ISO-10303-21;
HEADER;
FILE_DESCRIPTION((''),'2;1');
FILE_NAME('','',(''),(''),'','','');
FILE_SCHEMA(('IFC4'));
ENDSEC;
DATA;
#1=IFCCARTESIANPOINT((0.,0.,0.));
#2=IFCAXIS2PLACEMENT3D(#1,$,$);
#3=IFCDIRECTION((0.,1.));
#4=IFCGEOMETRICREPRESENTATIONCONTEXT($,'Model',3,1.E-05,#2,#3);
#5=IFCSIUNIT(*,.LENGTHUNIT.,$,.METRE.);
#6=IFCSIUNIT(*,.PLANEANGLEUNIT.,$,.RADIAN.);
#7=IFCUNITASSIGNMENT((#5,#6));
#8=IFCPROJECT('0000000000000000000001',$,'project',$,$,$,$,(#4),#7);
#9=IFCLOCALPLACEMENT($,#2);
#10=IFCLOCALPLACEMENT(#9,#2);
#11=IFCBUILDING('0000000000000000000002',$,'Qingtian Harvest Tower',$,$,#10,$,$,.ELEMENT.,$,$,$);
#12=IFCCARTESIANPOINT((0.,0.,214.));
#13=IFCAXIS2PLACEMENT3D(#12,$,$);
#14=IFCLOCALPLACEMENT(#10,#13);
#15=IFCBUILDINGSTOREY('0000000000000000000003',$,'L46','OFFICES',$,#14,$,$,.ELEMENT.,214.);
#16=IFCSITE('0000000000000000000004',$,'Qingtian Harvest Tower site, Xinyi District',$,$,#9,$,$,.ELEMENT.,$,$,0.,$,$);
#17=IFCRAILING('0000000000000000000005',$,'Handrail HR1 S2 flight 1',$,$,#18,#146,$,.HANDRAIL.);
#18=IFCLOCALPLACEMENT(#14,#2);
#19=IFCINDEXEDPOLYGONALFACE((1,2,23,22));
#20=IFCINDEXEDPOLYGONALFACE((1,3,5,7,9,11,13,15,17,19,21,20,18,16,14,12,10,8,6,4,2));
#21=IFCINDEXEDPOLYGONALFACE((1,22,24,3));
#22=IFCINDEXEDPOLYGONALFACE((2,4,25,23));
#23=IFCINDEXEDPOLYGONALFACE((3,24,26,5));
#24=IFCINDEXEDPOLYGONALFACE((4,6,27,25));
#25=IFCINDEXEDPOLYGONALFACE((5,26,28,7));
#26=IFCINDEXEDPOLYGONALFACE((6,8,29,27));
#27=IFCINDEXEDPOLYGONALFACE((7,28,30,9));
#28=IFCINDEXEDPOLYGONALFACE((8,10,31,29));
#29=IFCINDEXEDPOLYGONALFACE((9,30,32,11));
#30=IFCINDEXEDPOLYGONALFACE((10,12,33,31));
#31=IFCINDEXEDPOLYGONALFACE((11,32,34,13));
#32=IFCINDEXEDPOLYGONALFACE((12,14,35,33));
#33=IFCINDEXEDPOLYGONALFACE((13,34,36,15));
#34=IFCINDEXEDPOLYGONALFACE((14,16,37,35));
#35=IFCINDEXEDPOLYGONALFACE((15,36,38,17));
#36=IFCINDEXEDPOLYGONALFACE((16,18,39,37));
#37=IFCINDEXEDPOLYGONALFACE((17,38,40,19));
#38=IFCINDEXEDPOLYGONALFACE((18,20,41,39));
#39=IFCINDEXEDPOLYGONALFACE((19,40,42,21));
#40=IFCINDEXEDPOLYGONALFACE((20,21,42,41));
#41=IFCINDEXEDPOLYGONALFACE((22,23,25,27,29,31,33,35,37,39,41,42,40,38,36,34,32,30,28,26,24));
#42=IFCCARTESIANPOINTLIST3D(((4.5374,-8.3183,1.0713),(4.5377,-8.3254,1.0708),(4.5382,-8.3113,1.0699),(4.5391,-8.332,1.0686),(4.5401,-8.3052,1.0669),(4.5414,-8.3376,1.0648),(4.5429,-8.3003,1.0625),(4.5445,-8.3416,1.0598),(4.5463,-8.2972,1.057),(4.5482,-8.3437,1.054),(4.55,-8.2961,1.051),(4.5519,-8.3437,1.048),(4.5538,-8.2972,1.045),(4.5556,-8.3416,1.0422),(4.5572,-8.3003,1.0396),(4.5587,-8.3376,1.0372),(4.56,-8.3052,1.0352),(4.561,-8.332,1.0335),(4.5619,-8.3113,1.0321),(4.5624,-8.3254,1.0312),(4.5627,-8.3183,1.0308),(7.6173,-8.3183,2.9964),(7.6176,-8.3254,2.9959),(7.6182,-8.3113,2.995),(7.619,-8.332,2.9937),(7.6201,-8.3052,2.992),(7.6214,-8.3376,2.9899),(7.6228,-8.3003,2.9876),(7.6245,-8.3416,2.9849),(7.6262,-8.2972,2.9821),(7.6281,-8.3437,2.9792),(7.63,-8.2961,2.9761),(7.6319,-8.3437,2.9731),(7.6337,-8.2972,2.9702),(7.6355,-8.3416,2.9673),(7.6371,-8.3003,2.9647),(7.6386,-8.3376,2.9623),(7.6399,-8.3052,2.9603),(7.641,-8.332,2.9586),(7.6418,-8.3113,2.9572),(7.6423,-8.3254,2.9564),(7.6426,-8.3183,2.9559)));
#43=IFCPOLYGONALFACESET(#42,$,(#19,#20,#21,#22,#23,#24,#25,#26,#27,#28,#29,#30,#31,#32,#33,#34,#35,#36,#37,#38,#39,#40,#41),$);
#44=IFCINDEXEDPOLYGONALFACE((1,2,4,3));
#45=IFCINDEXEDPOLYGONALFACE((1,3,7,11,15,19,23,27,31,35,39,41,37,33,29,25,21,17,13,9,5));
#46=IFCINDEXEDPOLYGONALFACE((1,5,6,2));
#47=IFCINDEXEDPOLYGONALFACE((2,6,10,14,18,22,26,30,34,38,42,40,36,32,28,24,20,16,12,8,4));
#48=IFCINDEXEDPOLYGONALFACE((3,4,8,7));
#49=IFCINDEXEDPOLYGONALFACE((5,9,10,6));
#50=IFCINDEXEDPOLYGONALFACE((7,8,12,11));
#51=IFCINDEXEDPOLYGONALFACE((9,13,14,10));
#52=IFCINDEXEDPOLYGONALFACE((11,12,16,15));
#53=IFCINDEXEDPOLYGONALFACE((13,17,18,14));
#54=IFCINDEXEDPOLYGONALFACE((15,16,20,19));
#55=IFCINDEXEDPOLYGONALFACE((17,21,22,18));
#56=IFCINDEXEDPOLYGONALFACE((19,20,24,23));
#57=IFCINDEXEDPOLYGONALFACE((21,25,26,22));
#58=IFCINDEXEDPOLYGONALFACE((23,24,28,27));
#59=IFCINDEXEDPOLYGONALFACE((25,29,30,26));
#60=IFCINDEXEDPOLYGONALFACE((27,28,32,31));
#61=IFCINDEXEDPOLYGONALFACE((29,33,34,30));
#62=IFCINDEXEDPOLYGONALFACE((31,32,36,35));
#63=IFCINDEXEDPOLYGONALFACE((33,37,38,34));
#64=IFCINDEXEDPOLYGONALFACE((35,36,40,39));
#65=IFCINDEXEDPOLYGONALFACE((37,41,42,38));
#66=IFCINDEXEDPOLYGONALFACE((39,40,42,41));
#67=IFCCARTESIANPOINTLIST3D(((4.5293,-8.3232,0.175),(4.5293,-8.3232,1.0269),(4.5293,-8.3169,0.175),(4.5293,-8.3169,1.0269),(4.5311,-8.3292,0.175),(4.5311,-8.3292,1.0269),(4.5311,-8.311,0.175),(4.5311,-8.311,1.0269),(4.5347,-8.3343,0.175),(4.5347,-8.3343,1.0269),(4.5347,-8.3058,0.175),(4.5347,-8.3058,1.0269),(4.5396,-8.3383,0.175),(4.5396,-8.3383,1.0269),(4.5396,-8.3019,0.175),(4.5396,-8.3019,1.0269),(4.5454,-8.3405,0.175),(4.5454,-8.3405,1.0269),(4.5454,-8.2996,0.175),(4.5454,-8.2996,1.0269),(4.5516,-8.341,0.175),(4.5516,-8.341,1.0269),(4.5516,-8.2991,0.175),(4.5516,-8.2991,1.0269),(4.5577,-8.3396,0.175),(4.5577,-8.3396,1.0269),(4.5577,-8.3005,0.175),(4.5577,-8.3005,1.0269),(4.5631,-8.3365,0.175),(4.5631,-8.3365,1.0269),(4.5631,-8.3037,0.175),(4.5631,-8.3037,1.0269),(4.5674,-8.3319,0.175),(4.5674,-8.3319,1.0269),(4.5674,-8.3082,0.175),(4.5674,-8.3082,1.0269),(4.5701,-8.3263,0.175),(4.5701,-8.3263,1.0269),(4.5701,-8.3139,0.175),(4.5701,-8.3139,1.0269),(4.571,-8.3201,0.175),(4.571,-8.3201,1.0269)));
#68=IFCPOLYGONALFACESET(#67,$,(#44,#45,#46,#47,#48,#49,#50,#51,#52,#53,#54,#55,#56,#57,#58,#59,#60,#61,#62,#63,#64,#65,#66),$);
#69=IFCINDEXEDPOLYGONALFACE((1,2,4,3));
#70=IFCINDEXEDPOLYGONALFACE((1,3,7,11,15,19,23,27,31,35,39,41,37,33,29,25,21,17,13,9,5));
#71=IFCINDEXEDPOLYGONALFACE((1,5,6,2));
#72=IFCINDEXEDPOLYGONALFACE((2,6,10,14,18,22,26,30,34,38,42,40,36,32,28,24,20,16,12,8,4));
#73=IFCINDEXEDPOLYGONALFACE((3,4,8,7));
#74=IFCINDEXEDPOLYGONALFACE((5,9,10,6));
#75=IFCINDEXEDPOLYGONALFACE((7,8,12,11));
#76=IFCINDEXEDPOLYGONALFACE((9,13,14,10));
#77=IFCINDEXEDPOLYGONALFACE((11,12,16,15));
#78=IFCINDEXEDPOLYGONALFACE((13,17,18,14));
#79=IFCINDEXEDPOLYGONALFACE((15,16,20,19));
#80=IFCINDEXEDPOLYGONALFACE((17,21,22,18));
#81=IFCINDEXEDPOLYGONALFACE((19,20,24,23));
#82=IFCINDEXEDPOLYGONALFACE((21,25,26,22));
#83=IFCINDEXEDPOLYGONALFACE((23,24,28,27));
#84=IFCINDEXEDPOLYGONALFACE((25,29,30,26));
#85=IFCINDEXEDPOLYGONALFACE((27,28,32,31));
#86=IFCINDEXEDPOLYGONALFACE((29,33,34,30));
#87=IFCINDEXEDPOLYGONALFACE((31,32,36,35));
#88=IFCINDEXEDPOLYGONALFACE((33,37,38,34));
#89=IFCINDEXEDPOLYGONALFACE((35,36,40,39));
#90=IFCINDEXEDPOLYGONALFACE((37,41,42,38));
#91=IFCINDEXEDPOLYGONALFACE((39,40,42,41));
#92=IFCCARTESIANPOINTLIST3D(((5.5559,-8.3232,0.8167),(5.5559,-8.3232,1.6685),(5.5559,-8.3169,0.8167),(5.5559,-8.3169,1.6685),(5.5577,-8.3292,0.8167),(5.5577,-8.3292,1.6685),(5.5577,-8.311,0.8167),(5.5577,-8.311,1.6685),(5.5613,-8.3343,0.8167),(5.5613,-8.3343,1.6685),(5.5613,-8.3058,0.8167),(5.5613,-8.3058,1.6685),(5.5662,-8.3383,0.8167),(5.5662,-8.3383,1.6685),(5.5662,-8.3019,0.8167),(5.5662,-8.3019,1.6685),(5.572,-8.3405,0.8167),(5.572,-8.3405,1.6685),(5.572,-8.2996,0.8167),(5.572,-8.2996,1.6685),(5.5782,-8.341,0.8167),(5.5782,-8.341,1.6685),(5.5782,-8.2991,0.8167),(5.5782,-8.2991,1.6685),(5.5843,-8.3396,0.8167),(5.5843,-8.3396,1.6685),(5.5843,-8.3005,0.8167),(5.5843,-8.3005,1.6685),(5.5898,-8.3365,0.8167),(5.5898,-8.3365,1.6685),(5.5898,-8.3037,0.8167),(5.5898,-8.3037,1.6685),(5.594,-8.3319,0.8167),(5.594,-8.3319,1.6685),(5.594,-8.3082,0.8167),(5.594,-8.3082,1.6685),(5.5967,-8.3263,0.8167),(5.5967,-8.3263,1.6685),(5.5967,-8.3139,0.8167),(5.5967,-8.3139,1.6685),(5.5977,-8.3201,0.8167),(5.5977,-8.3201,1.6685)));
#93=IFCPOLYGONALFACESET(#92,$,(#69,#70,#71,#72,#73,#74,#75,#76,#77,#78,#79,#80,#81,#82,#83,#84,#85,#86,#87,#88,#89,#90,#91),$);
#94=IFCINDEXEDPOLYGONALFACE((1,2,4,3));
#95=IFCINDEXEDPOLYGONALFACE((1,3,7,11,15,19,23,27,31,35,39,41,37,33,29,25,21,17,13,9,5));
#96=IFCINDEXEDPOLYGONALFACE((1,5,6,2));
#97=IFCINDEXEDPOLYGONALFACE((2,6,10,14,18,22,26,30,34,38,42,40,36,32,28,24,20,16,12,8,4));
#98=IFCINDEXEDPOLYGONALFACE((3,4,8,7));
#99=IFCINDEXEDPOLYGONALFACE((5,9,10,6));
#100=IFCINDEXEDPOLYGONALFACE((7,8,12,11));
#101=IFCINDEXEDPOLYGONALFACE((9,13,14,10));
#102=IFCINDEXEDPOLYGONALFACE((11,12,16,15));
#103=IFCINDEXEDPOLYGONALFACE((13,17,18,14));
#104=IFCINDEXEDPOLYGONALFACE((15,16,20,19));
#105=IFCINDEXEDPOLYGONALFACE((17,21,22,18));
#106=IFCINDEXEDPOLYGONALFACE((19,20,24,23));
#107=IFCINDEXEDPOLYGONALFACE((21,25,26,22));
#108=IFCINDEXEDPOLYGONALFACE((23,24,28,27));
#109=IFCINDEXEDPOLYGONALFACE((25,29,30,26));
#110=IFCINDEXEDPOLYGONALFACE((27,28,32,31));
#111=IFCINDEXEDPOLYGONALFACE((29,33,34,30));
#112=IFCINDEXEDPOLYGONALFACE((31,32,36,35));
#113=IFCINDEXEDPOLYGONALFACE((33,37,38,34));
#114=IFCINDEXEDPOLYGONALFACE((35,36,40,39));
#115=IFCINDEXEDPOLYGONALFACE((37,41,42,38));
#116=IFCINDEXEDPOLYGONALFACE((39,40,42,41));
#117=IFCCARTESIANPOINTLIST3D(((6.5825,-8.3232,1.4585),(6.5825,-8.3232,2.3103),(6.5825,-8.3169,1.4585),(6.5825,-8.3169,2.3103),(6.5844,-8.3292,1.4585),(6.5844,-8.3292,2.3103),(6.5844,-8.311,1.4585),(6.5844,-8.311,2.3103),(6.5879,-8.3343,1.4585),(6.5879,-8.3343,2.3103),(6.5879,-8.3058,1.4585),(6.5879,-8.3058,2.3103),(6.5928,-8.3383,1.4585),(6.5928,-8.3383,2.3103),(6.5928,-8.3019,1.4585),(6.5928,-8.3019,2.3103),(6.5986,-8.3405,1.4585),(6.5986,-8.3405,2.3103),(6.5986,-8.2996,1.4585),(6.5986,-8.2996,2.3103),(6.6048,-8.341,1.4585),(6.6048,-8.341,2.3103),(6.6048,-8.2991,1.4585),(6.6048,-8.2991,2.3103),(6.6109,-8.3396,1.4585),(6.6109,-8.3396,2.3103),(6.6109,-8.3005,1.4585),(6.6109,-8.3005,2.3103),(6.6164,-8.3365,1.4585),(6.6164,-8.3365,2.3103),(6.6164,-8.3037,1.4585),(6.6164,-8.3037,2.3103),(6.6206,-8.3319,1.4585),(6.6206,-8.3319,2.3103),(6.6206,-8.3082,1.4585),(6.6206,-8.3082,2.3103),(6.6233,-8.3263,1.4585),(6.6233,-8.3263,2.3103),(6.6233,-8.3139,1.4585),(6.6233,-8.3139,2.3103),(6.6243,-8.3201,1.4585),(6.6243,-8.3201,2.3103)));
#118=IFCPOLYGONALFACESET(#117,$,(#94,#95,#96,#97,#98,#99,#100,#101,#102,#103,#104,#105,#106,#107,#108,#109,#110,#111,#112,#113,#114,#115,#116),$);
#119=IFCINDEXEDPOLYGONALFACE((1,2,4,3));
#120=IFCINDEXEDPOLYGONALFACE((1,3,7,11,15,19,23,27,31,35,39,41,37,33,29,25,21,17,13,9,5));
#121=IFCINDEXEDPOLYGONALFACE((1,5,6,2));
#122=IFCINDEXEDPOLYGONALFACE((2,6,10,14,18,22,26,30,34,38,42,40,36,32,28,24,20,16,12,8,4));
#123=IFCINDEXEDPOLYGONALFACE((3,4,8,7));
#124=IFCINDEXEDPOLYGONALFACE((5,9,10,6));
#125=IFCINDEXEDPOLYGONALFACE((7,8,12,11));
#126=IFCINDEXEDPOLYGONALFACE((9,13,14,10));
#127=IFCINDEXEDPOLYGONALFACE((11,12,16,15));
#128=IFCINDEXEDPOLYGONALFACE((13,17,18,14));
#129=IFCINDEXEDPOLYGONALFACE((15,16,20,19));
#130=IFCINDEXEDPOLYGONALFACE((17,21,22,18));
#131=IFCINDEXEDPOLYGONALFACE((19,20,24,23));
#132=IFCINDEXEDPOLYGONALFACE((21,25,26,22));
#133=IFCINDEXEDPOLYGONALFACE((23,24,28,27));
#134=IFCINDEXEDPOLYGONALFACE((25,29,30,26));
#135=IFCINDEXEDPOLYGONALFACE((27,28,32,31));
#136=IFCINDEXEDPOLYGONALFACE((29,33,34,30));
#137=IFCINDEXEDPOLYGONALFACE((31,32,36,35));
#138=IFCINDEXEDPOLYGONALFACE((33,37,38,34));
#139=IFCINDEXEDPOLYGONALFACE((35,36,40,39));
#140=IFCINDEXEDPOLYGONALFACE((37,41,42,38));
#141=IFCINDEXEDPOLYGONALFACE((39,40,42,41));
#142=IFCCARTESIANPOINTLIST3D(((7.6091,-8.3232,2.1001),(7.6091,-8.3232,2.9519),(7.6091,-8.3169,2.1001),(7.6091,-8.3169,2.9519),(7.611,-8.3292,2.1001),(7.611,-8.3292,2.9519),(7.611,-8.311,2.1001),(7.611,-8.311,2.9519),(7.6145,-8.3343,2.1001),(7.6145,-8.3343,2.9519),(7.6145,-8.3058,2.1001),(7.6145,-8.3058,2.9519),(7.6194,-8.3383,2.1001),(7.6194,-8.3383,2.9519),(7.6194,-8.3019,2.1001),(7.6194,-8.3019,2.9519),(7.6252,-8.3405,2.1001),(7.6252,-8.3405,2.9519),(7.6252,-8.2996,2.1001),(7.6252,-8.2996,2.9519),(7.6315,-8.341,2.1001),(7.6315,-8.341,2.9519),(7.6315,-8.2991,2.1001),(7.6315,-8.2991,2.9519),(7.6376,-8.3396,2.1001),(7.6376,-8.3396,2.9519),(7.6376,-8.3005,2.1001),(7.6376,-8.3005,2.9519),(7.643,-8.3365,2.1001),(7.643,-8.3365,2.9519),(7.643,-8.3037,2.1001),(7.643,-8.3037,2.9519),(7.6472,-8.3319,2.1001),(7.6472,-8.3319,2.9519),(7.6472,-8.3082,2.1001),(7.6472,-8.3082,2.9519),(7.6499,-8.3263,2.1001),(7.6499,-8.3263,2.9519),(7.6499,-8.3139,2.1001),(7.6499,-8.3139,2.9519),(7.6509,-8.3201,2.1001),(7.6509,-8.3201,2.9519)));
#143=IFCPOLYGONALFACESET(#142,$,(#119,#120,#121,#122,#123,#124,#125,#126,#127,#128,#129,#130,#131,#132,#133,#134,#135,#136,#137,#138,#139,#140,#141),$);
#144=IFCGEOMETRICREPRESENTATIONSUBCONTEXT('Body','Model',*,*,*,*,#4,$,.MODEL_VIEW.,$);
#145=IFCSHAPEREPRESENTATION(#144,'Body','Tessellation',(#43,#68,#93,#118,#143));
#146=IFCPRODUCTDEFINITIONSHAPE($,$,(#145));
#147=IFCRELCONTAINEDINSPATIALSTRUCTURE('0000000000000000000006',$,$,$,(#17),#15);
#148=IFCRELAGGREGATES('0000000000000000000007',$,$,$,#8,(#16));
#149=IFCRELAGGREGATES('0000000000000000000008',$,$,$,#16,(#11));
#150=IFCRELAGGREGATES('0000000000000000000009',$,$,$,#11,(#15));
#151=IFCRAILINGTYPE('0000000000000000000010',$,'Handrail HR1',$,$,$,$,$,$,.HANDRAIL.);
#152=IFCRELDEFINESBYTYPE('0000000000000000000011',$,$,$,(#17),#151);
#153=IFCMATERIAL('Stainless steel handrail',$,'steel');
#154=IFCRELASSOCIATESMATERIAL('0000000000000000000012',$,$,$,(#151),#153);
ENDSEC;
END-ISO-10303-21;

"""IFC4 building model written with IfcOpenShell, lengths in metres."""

from ifc_helpers import new_model, si_unit, direction, frame, origin, origin_2d, place, context, subcontext, project, spatial, circle, extrude, material, type_object, element, save


model = new_model("IFC4")

# Units and contexts
model_context = context("Model", 3, precision=1e-05, world=origin(), true_north=direction((0.0, 1.0)))
body_context = subcontext(model_context, "Body", "Model", "MODEL_VIEW")
ifc_project = project(units=[si_unit("LENGTHUNIT", "METRE"), si_unit("PLANEANGLEUNIT", "RADIAN")], contexts=[model_context])

# Site, building, storey
site_placement = place(None, origin())
site = spatial("IfcSite", under=ifc_project, at=site_placement, Name="Qingtian Harvest Tower site, Xinyi District", CompositionType="ELEMENT", RefElevation=0.0)
building_placement = place(site_placement, origin())
building = spatial("IfcBuilding", under=site, at=building_placement, Name="Qingtian Harvest Tower", CompositionType="ELEMENT")
storey_placement = place(building_placement, frame((0.0, 0.0, 214.0)))
storey = spatial("IfcBuildingStorey", under=building, at=storey_placement, Name="L46", Description="OFFICES", CompositionType="ELEMENT", Elevation=214.0)

# Railing
ifc_material_1 = material(Name="Stainless steel handrail", Category="steel")
railing_type = type_object("IfcRailingType", Name="Handrail HR1", PredefinedType="HANDRAIL", material=ifc_material_1)
railing_1_placement = place(storey_placement, frame((4.55, -8.3201, 0.175)))
element("IfcRailing", 1, at=railing_1_placement, inside=storey, type_object=railing_type, Name="Handrail HR1 S2 flight 1", PredefinedType="HANDRAIL", context=body_context, shape_type="SweptSolid", body=[
    extrude(circle(Radius=0.0239, at=origin_2d()), frame((0.0, 0.0, 0.876), z_axis=(0.847979, 0.0, 0.530029), x_axis=(0.0, 1.0, 0.0)), (0.0, 0.0, 1.0), 3.6321),
    extrude(circle(Radius=0.021, at=origin_2d()), origin(), (0.0, 0.0, 1.0), 0.8518),
    extrude(circle(Radius=0.021, at=origin_2d()), frame((1.0266, 0.0, 0.6416)), (0.0, 0.0, 1.0), 0.8518),
    extrude(circle(Radius=0.021, at=origin_2d()), frame((2.0532, 0.0, 1.2834)), (0.0, 0.0, 1.0), 0.8518),
    extrude(circle(Radius=0.021, at=origin_2d()), frame((3.0798, 0.0, 1.925)), (0.0, 0.0, 1.0), 0.8518),
])

save(model, "model.ifc")
